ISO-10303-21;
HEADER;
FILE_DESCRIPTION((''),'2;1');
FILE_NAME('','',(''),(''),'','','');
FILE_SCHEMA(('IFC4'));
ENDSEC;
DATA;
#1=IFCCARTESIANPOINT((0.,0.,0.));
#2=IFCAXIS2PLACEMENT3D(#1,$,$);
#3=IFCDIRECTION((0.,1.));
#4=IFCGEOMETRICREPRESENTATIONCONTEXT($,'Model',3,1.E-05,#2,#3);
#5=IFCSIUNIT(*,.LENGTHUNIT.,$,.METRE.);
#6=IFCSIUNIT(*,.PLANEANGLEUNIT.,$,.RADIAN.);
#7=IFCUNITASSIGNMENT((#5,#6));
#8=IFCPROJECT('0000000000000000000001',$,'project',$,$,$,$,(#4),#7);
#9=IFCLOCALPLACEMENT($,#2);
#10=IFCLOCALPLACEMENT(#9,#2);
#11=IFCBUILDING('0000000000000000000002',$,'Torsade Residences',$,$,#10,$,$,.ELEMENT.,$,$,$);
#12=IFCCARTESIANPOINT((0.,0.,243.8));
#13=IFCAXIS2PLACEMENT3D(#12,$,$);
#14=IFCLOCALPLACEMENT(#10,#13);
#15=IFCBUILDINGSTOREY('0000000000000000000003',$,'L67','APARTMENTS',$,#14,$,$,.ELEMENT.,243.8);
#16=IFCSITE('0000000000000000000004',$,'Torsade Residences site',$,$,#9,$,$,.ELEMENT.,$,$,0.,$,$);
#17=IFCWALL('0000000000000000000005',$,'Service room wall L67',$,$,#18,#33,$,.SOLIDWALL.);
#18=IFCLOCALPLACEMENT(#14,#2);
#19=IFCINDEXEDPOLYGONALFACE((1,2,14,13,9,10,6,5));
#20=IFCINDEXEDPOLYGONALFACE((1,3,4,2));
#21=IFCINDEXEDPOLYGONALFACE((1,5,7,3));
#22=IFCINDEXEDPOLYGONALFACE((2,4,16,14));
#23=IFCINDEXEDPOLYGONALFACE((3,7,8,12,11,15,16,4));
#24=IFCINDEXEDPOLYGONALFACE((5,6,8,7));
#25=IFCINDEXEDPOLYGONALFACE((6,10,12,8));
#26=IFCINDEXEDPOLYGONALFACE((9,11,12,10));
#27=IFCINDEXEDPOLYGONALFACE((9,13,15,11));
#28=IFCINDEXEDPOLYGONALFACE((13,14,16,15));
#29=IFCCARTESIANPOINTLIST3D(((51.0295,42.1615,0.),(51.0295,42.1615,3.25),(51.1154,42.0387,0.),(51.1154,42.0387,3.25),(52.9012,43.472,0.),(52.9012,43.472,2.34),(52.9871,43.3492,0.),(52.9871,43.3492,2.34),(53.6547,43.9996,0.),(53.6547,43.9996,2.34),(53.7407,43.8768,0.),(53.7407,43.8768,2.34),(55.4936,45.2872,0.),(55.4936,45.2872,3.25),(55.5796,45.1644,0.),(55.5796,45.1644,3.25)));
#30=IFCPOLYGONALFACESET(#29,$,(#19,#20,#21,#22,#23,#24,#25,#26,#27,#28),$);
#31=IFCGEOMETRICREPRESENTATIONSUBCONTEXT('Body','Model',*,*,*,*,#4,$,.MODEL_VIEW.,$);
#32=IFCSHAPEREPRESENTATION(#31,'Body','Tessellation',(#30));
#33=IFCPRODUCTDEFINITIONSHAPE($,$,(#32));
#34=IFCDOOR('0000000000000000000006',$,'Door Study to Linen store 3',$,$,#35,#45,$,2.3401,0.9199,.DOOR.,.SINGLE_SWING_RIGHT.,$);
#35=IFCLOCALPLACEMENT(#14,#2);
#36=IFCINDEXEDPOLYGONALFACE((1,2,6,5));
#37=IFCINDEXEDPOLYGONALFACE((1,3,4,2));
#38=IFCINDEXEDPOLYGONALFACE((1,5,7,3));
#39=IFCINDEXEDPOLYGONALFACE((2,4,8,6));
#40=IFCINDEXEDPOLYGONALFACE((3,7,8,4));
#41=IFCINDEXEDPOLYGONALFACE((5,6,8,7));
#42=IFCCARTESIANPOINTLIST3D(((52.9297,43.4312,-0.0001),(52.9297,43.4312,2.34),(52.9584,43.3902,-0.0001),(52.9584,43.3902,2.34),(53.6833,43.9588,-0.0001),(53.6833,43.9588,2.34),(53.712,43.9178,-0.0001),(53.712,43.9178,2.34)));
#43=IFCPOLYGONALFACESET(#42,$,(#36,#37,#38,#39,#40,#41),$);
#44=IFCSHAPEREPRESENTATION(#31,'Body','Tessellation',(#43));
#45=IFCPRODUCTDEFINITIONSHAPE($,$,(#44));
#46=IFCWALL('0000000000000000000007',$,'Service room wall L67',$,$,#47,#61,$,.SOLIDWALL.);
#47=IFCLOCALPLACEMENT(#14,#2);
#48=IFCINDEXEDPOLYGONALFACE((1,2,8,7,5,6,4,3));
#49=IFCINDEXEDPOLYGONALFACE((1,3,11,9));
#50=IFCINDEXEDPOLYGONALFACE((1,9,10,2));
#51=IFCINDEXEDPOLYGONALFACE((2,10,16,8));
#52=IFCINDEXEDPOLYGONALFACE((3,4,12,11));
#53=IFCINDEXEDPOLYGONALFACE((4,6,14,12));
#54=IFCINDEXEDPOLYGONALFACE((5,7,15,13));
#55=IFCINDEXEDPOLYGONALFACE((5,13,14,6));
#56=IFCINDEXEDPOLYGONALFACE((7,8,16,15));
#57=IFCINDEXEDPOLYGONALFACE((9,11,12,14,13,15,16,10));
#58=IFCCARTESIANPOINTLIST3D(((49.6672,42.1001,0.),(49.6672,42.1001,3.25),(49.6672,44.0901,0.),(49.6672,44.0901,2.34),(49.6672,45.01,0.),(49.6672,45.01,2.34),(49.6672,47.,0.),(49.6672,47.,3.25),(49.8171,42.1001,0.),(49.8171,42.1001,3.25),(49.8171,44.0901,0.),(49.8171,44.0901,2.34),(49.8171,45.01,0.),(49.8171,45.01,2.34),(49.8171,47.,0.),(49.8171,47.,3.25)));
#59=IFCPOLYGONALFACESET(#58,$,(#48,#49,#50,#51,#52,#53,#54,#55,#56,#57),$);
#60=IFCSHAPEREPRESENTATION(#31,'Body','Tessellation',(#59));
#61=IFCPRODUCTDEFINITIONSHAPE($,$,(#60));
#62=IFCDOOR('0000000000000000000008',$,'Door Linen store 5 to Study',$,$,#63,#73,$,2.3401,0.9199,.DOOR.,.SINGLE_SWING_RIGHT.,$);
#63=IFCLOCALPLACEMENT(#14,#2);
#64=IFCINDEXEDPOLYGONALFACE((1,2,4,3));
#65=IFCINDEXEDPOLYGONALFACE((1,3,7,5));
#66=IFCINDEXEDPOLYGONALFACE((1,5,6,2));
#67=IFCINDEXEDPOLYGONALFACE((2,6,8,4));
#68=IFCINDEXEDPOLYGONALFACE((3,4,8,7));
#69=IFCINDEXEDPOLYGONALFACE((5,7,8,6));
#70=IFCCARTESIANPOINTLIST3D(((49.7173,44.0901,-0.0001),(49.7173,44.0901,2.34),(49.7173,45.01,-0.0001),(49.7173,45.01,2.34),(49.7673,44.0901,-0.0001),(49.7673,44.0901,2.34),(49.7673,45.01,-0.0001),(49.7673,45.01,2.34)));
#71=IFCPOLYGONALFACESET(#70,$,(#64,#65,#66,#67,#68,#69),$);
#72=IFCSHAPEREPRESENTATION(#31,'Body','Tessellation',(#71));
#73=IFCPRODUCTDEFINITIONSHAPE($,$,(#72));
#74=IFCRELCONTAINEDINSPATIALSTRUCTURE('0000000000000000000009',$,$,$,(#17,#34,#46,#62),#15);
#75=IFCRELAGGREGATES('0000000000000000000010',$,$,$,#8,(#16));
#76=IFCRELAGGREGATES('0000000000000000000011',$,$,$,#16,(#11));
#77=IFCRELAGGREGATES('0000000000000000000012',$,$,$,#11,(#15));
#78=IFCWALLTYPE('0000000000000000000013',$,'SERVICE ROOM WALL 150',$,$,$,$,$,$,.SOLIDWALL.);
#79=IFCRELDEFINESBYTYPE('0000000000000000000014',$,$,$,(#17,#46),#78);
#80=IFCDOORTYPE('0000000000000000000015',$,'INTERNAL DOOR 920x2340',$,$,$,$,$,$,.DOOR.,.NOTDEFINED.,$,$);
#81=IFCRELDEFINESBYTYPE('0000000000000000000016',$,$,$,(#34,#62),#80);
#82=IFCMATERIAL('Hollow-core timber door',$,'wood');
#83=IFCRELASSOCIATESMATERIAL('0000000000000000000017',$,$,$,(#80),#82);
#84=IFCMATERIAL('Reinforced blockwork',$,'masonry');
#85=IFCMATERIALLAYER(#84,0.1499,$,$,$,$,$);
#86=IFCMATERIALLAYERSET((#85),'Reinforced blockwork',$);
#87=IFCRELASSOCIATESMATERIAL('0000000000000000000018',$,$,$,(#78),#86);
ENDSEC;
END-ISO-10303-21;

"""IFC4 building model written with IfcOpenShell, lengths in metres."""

from ifc_helpers import new_model, si_unit, direction, frame, frame_2d, origin, place, context, subcontext, project, spatial, rectangle, extrude, material, layer, layer_set, type_object, element, fill, save


model = new_model("IFC4")

# Units and contexts
model_context = context("Model", 3, precision=1e-05, world=origin(), true_north=direction((0.0, 1.0)))
body_context = subcontext(model_context, "Body", "Model", "MODEL_VIEW")
ifc_project = project(units=[si_unit("LENGTHUNIT", "METRE"), si_unit("PLANEANGLEUNIT", "RADIAN")], contexts=[model_context])

# Site, building, storey
site_placement = place(None, origin())
site = spatial("IfcSite", under=ifc_project, at=site_placement, Name="Torsade Residences site", CompositionType="ELEMENT", RefElevation=0.0)
building_placement = place(site_placement, origin())
building = spatial("IfcBuilding", under=site, at=building_placement, Name="Torsade Residences", CompositionType="ELEMENT")
storey_placement = place(building_placement, frame((0.0, 0.0, 243.8)))
storey = spatial("IfcBuildingStorey", under=building, at=storey_placement, Name="L67", Description="APARTMENTS", CompositionType="ELEMENT", Elevation=243.8)

# Shared definitions
ifc_material_1 = material(Name="Hollow-core timber door", Category="wood")
door_type = type_object("IfcDoorType", Name="INTERNAL DOOR 920x2340", OperationType="NOTDEFINED", PredefinedType="DOOR", material=ifc_material_1)

# Walls, openings, doors
ifc_material_2 = material(Name="Reinforced blockwork", Category="masonry")
ifc_layer_1 = layer(ifc_material_2, 0.1499)
ifc_layer_set_1 = layer_set([ifc_layer_1], Name="Reinforced blockwork")
wall_type_1 = type_object("IfcWallType", Name="SERVICE ROOM WALL 150", PredefinedType="SOLIDWALL", material=ifc_layer_set_1)
wall_1_placement = place(storey_placement, frame((55.5366, 45.2258, 0.0), z_axis=(0.0, 0.0, 1.0), x_axis=(-0.819158, -0.573568, 0.0)))
wall_1 = element("IfcWall", 1, at=wall_1_placement, inside=storey, type_object=wall_type_1, Name="Service room wall L67", PredefinedType="SOLIDWALL", context=body_context, shape_type="SweptSolid", body=[
    extrude(rectangle(XDim=5.4497, YDim=0.1499, at=frame_2d((2.7249, 0.0))), origin(), (0.0, 0.0, 1.0), 3.25),
])
opening_1_placement = place(wall_1_placement, frame((2.2449, 0.0, 0.0)))
opening_1 = element("IfcOpeningElement", 2, at=opening_1_placement, cuts=wall_1, PredefinedType="OPENING", context=body_context, shape_type="SweptSolid", body=[
    extrude(rectangle(XDim=0.9199, YDim=2.3401, at=frame_2d((0.46, 1.1699))), frame((0.0, 0.085, 0.0), z_axis=(0.0, -1.0, 0.0), x_axis=(1.0, 0.0, 0.0)), (0.0, 0.0, 1.0), 0.1699),
])
door_1_placement = place(opening_1_placement, origin())
door_1 = element("IfcDoor", 3, at=door_1_placement, inside=storey, type_object=door_type, Name="Door Study to Linen store 3", OperationType="SINGLE_SWING_RIGHT", OverallHeight=2.3401, OverallWidth=0.9199, PredefinedType="DOOR", context=body_context, shape_type="SweptSolid", body=[
    extrude(rectangle(XDim=0.9199, YDim=2.3401, at=frame_2d((0.46, 1.1699))), frame((0.0, 0.0249, 0.0), z_axis=(0.0, -1.0, 0.0), x_axis=(1.0, 0.0, 0.0)), (0.0, 0.0, 1.0), 0.05),
])
fill(opening_1, door_1)
wall_2_placement = place(storey_placement, frame((49.7422, 42.1001, 0.0), z_axis=(0.0, 0.0, 1.0), x_axis=(0.0, 1.0, 0.0)))
wall_2 = element("IfcWall", 4, at=wall_2_placement, inside=storey, type_object=wall_type_1, Name="Service room wall L67", PredefinedType="SOLIDWALL", context=body_context, shape_type="SweptSolid", body=[
    extrude(rectangle(XDim=4.8999, YDim=0.1499, at=frame_2d((2.45, 0.0))), origin(), (0.0, 0.0, 1.0), 3.25),
])
opening_2_placement = place(wall_2_placement, frame((1.99, 0.0, 0.0)))
opening_2 = element("IfcOpeningElement", 5, at=opening_2_placement, cuts=wall_2, PredefinedType="OPENING", context=body_context, shape_type="SweptSolid", body=[
    extrude(rectangle(XDim=0.9199, YDim=2.3401, at=frame_2d((0.46, 1.1699))), frame((0.0, 0.085, 0.0), z_axis=(0.0, -1.0, 0.0), x_axis=(1.0, 0.0, 0.0)), (0.0, 0.0, 1.0), 0.1699),
])
door_2_placement = place(opening_2_placement, origin())
door_2 = element("IfcDoor", 6, at=door_2_placement, inside=storey, type_object=door_type, Name="Door Linen store 5 to Study", OperationType="SINGLE_SWING_RIGHT", OverallHeight=2.3401, OverallWidth=0.9199, PredefinedType="DOOR", context=body_context, shape_type="SweptSolid", body=[
    extrude(rectangle(XDim=0.9199, YDim=2.3401, at=frame_2d((0.46, 1.1699))), frame((0.0, 0.0249, 0.0), z_axis=(0.0, -1.0, 0.0), x_axis=(1.0, 0.0, 0.0)), (0.0, 0.0, 1.0), 0.05),
])
fill(opening_2, door_2)

save(model, "model.ifc")
